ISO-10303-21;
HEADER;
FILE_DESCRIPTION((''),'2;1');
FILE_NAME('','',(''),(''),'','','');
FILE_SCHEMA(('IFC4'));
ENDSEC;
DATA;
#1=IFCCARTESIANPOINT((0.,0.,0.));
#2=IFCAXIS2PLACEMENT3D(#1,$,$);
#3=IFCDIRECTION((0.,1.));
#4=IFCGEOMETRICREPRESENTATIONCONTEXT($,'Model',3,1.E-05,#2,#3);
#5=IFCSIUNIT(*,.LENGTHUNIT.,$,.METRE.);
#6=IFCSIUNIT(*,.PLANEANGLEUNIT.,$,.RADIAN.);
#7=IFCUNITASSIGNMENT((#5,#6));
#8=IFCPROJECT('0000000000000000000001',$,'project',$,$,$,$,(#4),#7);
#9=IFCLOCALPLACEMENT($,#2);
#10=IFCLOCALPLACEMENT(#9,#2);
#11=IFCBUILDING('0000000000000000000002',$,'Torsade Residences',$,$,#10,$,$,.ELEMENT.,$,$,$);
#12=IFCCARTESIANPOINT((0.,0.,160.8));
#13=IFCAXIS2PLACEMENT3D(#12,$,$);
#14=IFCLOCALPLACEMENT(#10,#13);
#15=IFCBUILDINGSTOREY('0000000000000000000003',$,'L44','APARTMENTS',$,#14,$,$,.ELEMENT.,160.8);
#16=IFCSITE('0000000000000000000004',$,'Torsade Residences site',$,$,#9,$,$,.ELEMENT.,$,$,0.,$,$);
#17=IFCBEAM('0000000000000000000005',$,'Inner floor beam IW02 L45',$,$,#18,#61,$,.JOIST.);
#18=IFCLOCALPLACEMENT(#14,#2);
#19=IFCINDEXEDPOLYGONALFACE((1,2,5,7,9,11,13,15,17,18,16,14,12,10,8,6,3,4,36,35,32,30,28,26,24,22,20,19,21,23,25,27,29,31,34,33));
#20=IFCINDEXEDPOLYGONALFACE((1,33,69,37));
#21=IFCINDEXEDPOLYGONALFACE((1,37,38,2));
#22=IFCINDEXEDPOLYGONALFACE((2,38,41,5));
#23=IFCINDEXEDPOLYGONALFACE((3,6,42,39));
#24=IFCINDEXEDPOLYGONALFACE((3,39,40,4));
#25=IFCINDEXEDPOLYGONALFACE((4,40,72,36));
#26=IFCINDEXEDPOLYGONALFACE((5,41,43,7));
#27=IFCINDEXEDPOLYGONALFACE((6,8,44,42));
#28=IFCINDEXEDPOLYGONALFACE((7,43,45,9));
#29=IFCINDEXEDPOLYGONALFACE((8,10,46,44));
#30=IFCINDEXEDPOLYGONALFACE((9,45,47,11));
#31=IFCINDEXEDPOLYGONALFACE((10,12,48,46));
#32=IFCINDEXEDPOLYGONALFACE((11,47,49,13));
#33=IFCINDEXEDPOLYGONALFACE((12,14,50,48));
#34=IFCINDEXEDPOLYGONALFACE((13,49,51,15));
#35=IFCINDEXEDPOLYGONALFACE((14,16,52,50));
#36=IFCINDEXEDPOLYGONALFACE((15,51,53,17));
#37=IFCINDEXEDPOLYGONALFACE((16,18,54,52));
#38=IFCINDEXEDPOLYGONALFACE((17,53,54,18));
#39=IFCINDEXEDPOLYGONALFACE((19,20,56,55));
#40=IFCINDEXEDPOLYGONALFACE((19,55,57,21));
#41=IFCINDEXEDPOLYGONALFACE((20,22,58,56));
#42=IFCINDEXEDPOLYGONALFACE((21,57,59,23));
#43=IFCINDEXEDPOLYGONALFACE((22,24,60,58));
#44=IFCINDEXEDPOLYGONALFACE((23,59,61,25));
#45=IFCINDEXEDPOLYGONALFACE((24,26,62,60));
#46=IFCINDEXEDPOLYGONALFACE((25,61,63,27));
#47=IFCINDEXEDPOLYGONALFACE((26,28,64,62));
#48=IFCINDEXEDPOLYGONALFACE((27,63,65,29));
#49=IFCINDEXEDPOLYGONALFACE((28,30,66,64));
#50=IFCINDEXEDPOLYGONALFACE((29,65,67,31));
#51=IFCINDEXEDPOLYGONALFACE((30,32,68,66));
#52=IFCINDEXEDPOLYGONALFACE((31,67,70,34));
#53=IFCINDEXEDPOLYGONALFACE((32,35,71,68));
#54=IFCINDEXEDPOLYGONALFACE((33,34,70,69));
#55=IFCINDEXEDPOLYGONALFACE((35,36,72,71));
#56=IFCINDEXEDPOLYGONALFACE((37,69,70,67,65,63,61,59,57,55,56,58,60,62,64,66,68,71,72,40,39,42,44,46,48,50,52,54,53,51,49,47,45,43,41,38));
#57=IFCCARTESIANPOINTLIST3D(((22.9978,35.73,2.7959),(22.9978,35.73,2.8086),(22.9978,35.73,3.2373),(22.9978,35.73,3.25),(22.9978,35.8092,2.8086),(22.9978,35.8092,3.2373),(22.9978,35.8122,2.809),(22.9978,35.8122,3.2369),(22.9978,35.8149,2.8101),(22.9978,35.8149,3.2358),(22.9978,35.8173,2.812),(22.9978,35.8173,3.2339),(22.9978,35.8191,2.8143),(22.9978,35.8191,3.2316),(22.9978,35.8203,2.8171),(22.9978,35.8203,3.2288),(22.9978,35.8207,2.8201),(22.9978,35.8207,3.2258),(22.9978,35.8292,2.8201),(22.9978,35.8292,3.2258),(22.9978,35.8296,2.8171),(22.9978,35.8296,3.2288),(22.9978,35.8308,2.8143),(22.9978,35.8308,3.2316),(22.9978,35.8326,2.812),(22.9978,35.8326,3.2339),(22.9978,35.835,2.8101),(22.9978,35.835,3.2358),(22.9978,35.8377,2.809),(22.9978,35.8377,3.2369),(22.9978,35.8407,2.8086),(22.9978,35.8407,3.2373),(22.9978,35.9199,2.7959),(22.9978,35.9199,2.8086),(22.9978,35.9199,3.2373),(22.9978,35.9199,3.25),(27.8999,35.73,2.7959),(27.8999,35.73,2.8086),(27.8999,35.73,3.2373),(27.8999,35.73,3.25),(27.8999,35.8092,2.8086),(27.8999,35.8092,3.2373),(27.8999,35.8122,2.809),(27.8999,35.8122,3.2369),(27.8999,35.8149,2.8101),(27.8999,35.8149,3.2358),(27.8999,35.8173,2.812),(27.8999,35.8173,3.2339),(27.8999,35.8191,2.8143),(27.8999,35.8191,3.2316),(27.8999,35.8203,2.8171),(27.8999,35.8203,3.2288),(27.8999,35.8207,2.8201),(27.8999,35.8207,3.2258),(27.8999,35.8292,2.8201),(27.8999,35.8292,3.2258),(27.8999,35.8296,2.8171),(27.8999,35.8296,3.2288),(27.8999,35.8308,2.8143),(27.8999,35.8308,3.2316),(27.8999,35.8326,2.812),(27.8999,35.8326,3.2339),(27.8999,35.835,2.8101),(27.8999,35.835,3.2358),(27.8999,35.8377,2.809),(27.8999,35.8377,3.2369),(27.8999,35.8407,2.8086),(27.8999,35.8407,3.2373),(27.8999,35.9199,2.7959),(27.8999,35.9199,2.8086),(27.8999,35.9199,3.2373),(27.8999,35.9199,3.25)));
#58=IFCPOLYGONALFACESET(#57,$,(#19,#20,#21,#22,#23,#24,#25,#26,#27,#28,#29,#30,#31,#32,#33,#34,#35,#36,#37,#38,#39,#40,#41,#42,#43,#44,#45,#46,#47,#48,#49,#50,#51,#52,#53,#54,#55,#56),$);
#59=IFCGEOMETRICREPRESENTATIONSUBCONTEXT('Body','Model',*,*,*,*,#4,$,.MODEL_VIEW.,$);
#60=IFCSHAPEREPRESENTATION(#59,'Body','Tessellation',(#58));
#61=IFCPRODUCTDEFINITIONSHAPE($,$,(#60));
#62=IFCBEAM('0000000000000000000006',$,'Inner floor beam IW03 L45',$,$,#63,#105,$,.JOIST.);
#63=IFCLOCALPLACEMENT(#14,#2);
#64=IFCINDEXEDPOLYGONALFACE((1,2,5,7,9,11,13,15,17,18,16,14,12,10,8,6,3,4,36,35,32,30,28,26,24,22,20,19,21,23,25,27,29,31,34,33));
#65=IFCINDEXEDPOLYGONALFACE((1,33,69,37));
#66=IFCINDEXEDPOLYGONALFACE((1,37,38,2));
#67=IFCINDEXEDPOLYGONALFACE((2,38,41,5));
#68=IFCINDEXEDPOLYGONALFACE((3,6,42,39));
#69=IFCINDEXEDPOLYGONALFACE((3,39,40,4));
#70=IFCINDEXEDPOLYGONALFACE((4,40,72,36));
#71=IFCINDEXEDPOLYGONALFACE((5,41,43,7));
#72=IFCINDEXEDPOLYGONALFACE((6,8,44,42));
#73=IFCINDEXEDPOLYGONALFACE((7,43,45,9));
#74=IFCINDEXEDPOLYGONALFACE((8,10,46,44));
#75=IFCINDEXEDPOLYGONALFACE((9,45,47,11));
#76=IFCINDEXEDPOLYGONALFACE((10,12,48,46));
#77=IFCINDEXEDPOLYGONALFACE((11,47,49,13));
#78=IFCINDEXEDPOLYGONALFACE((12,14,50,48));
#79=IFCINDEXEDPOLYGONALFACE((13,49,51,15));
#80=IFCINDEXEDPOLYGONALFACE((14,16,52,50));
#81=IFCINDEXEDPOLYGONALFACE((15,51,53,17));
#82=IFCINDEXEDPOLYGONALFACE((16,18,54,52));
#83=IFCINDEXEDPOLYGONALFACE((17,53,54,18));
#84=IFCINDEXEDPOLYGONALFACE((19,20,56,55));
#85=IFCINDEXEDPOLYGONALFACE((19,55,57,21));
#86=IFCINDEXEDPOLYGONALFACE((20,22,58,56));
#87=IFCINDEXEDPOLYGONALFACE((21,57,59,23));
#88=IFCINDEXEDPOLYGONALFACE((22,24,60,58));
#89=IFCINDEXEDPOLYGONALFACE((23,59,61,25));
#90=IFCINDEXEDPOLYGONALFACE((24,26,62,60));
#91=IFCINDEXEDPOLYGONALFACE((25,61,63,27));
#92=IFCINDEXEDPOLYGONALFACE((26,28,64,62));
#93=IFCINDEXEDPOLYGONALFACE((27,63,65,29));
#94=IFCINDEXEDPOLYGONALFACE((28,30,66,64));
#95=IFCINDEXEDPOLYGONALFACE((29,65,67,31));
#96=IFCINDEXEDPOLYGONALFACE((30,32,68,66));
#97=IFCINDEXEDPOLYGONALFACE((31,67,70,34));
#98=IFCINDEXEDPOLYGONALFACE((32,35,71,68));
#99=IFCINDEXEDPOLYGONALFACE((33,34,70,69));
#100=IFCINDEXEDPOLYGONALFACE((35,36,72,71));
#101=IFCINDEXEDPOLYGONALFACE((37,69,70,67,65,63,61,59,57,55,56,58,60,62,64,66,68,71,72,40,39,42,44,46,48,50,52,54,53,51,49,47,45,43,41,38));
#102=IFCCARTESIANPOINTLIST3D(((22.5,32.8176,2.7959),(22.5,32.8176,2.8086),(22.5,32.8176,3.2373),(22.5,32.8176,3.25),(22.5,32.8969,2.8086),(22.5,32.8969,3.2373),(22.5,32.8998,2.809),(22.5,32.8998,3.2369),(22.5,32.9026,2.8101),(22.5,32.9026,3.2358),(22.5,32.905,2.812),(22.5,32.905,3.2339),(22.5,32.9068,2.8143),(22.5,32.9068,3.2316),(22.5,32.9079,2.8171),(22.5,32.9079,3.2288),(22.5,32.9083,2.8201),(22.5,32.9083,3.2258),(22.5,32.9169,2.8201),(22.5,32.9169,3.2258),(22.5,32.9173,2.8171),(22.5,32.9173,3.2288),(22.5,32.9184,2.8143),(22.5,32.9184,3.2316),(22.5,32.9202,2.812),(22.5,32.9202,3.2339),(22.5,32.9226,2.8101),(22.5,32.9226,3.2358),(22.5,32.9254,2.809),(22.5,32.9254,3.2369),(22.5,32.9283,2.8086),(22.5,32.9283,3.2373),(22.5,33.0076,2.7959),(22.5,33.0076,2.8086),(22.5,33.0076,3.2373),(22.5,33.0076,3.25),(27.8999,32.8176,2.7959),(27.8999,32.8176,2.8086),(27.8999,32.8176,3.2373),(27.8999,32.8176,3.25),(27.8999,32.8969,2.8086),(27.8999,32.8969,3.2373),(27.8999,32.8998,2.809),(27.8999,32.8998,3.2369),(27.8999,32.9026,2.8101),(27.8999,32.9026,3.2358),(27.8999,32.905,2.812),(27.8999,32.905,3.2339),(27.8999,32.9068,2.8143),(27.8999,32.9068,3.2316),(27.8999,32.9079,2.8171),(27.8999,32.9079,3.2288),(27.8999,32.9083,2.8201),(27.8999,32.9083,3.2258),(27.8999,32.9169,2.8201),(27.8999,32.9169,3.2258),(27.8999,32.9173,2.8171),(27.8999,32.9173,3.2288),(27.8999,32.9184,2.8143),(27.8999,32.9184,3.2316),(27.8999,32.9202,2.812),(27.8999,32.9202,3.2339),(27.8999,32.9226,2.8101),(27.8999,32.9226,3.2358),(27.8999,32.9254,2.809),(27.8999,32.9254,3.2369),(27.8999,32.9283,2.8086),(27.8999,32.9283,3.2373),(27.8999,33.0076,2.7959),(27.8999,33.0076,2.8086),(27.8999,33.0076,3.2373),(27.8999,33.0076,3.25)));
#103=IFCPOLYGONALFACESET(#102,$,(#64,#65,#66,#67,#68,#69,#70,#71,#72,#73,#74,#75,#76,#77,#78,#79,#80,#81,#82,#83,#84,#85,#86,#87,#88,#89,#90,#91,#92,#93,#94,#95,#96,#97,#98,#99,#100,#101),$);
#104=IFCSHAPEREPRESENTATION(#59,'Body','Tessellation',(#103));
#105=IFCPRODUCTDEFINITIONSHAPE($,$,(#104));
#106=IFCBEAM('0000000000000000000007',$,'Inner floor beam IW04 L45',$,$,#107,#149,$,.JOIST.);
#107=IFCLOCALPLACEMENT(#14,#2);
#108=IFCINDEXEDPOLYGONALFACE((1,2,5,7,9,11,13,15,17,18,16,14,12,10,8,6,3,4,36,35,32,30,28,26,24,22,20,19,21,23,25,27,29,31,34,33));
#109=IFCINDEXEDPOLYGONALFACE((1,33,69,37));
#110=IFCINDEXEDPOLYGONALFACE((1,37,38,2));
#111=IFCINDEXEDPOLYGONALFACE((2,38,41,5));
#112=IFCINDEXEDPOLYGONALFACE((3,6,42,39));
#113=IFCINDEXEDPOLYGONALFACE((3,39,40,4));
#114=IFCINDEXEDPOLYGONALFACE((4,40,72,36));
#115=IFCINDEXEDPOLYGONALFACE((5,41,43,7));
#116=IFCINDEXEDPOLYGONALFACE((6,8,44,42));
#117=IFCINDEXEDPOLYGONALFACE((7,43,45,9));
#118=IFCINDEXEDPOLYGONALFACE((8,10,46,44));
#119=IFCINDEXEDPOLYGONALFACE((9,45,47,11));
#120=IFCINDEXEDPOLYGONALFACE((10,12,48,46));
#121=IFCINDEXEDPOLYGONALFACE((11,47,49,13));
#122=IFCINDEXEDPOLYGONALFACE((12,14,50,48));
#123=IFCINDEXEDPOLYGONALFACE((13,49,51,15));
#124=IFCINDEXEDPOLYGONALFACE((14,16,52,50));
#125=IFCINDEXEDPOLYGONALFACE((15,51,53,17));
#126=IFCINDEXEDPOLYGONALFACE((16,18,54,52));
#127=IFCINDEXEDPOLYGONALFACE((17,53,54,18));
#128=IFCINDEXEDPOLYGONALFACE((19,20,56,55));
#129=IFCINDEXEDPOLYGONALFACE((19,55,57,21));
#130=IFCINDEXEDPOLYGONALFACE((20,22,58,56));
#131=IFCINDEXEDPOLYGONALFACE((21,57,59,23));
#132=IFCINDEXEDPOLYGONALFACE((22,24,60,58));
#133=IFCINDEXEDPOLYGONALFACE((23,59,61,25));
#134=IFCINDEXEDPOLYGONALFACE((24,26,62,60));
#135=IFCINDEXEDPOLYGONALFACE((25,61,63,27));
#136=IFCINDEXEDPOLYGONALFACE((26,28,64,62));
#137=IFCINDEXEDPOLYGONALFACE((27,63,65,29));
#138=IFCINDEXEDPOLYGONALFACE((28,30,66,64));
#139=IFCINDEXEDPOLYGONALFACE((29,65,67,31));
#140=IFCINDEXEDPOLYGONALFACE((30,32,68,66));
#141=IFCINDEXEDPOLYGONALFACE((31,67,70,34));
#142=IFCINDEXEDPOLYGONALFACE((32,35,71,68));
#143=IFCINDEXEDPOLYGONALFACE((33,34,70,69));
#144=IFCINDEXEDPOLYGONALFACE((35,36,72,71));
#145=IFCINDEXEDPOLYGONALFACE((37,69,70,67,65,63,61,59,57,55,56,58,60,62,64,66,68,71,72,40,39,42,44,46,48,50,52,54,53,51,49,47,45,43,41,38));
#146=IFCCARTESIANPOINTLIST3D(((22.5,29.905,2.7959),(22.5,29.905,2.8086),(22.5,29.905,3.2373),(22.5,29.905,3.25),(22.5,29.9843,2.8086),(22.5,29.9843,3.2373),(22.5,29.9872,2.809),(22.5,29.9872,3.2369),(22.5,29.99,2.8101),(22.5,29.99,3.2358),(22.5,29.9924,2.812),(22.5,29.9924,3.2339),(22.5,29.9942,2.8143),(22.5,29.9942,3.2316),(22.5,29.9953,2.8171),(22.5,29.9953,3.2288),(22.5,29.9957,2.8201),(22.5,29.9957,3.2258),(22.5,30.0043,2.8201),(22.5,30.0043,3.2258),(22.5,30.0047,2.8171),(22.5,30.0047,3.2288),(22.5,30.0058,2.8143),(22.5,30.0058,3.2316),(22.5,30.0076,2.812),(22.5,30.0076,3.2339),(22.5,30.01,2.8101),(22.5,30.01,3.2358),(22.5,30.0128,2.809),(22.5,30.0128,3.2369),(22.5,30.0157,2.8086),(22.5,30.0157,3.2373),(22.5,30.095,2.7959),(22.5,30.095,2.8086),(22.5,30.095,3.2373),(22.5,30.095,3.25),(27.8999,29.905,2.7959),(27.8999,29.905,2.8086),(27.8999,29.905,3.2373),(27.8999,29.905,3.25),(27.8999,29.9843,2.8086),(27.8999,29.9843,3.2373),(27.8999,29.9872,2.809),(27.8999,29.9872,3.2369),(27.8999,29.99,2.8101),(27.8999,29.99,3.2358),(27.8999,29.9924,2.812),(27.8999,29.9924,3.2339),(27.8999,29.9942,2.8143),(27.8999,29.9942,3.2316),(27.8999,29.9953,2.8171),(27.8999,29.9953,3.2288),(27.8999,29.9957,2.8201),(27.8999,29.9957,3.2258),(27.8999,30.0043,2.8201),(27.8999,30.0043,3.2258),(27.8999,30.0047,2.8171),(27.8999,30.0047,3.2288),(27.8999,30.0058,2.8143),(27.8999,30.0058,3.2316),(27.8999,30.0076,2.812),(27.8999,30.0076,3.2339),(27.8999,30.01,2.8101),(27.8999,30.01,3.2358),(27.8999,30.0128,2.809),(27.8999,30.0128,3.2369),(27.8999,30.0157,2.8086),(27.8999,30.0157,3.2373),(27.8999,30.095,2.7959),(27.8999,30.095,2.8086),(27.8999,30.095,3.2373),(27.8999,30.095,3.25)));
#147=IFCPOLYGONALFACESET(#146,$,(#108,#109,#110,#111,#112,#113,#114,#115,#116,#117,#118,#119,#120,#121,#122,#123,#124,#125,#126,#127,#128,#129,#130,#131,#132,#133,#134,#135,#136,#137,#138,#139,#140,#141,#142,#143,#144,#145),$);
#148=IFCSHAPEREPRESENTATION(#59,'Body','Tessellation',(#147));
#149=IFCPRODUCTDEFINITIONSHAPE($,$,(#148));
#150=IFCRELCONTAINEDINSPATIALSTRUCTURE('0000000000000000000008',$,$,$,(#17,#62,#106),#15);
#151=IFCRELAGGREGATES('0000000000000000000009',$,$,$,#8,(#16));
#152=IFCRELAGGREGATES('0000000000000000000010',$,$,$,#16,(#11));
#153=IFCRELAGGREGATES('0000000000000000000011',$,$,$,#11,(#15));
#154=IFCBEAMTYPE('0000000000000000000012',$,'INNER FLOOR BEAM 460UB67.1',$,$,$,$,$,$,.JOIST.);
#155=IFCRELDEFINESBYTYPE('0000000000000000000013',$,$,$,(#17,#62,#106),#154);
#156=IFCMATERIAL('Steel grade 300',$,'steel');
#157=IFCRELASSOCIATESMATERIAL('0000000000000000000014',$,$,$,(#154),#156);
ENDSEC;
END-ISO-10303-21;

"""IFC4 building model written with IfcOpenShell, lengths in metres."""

from ifc_helpers import new_model, si_unit, direction, frame, origin, origin_2d, place, context, subcontext, project, spatial, i_section, extrude, material, material_profile, profile_set, type_object, element, save


model = new_model("IFC4")

# Units and contexts
model_context = context("Model", 3, precision=1e-05, world=origin(), true_north=direction((0.0, 1.0)))
body_context = subcontext(model_context, "Body", "Model", "MODEL_VIEW")
ifc_project = project(units=[si_unit("LENGTHUNIT", "METRE"), si_unit("PLANEANGLEUNIT", "RADIAN")], contexts=[model_context])

# Site, building, storey
site_placement = place(None, origin())
site = spatial("IfcSite", under=ifc_project, at=site_placement, Name="Torsade Residences site", CompositionType="ELEMENT", RefElevation=0.0)
building_placement = place(site_placement, origin())
building = spatial("IfcBuilding", under=site, at=building_placement, Name="Torsade Residences", CompositionType="ELEMENT")
storey_placement = place(building_placement, frame((0.0, 0.0, 160.8)))
storey = spatial("IfcBuildingStorey", under=building, at=storey_placement, Name="L44", Description="APARTMENTS", CompositionType="ELEMENT", Elevation=160.8)

# Beams
ifc_material_1 = material(Name="Steel grade 300", Category="steel")
ifc_material_profile = material_profile(ifc_material_1, i_section(OverallWidth=0.1899, OverallDepth=0.4541, WebThickness=0.0085, FlangeThickness=0.0127, FilletRadius=0.0115, at=origin_2d()), Name="460UB67.1")
ifc_profile_set = profile_set([ifc_material_profile], Name="Steel grade 300")
beam_type = type_object("IfcBeamType", Name="INNER FLOOR BEAM 460UB67.1", PredefinedType="JOIST", material=ifc_profile_set)
beam_placement = place(storey_placement, frame((27.8999, 35.825, 3.0229), z_axis=(-1.0, 0.0, 0.0), x_axis=(0.0, -1.0, 0.0)))
element("IfcBeam", 1, at=beam_placement, inside=storey, type_object=beam_type, Name="Inner floor beam IW02 L45", PredefinedType="JOIST", context=body_context, shape_type="SweptSolid", body=[
    extrude(i_section(OverallWidth=0.1899, OverallDepth=0.4541, WebThickness=0.0085, FlangeThickness=0.0127, FilletRadius=0.0115, at=origin_2d()), origin(), (0.0, 0.0, 1.0), 4.9021),
])
for number, where, z_axis, x_axis, name in (
    (2, (27.8999, 32.9126, 3.0229), (-1.0, 0.0, 0.0), (0.0, -1.0, 0.0), "Inner floor beam IW03 L45"),
    (3, (27.8999, 30.0, 3.0229), (-1.0, 0.0, 0.0), (0.0, -1.0, 0.0), "Inner floor beam IW04 L45"),
):
    element("IfcBeam", number, at=place(storey_placement, frame(where, z_axis=z_axis, x_axis=x_axis)), inside=storey, type_object=beam_type, Name=name, PredefinedType="JOIST", context=body_context, shape_type="SweptSolid", body=[
        extrude(i_section(OverallWidth=0.1899, OverallDepth=0.4541, WebThickness=0.0085, FlangeThickness=0.0127, FilletRadius=0.0115, at=origin_2d()), origin(), (0.0, 0.0, 1.0), 5.3999),
    ])

save(model, "model.ifc")
